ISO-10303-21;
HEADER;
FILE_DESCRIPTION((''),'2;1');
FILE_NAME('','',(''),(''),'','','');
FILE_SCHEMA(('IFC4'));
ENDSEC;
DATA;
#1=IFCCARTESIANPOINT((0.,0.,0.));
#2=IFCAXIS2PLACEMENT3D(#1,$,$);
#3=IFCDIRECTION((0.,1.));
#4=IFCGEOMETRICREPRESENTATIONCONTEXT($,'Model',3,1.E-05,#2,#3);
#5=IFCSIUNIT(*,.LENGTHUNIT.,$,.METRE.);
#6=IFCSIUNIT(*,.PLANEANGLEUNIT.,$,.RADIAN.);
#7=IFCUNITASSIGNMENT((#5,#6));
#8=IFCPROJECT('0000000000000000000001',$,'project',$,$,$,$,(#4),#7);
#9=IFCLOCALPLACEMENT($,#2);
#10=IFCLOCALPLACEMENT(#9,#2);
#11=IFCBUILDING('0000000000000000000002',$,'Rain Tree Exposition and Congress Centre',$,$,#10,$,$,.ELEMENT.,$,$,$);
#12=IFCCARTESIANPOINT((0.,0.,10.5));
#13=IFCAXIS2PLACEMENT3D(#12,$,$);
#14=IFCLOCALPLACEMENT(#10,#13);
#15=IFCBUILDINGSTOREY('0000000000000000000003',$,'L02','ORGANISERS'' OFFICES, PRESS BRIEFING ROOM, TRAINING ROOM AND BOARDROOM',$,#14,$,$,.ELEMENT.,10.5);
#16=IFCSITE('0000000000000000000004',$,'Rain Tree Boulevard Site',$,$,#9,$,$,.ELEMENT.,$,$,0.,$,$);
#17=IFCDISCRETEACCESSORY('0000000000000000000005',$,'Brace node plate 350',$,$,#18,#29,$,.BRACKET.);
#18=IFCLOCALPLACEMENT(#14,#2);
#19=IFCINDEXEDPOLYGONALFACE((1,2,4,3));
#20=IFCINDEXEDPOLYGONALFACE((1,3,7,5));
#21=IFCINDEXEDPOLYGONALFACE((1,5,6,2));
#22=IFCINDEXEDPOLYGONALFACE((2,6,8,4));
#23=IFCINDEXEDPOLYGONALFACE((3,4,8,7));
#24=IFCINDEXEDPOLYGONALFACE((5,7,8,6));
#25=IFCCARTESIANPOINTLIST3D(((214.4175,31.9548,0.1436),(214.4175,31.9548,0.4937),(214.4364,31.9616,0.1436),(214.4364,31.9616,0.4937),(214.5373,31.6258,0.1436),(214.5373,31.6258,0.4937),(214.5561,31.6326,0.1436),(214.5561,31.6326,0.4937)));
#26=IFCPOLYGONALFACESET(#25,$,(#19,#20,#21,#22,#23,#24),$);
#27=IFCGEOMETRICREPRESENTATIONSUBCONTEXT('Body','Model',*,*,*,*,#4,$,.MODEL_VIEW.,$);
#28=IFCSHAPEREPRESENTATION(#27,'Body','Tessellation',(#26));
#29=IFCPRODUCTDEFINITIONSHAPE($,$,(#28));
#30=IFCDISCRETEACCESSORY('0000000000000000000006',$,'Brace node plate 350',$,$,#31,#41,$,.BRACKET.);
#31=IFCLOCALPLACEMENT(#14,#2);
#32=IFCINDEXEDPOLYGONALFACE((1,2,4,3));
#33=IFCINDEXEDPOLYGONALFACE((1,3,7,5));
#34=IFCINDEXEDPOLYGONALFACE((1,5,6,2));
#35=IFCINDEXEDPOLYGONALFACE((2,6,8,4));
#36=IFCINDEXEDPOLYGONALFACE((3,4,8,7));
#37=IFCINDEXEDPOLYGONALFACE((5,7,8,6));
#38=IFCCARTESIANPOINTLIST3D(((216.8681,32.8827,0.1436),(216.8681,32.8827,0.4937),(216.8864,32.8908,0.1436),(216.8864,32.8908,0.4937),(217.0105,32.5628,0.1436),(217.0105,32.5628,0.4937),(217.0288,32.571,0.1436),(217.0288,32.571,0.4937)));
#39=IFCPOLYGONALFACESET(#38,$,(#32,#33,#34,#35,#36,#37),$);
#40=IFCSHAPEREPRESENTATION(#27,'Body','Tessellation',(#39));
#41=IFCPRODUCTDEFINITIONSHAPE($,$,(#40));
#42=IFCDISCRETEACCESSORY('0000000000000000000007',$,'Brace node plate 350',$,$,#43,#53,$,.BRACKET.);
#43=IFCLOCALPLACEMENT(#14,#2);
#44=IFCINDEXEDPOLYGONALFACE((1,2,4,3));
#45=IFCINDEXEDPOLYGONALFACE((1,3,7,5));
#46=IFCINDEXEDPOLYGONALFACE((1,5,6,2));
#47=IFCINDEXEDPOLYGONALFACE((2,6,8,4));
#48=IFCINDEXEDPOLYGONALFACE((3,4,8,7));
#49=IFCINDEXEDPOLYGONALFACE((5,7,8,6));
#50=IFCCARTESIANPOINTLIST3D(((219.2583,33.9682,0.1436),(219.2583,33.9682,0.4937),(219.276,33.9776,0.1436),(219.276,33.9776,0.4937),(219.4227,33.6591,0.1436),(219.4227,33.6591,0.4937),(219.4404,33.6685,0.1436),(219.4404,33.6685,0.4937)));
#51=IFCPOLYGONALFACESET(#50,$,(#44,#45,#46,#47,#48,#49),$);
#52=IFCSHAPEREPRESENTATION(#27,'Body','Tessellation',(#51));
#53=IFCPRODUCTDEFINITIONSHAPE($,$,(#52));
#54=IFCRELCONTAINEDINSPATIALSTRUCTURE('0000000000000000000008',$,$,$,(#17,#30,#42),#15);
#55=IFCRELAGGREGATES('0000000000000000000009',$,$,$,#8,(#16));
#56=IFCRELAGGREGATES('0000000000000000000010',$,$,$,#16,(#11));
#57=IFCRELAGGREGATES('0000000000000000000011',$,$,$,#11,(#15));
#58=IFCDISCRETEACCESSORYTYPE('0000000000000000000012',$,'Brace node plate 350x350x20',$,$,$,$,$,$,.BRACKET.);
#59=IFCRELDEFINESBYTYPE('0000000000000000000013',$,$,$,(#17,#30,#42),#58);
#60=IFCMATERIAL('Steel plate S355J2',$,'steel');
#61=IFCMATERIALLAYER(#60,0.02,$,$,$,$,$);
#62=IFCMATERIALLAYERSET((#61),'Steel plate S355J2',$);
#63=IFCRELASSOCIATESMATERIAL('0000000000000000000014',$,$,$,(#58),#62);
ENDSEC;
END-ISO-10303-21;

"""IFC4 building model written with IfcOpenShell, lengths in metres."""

from ifc_helpers import new_model, si_unit, direction, frame, origin, origin_2d, place, context, subcontext, project, spatial, rectangle, extrude, material, layer, layer_set, type_object, element, save


model = new_model("IFC4")

# Units and contexts
model_context = context("Model", 3, precision=1e-05, world=origin(), true_north=direction((0.0, 1.0)))
body_context = subcontext(model_context, "Body", "Model", "MODEL_VIEW")
ifc_project = project(units=[si_unit("LENGTHUNIT", "METRE"), si_unit("PLANEANGLEUNIT", "RADIAN")], contexts=[model_context])

# Site, building, storey
site_placement = place(None, origin())
site = spatial("IfcSite", under=ifc_project, at=site_placement, Name="Rain Tree Boulevard Site", CompositionType="ELEMENT", RefElevation=0.0)
building_placement = place(site_placement, origin())
building = spatial("IfcBuilding", under=site, at=building_placement, Name="Rain Tree Exposition and Congress Centre", CompositionType="ELEMENT")
storey_placement = place(building_placement, frame((0.0, 0.0, 10.5)))
storey = spatial("IfcBuildingStorey", under=building, at=storey_placement, Name="L02", Description="ORGANISERS' OFFICES, PRESS BRIEFING ROOM, TRAINING ROOM AND BOARDROOM", CompositionType="ELEMENT", Elevation=10.5)

# Discrete accessories
ifc_material_1 = material(Name="Steel plate S355J2", Category="steel")
ifc_layer = layer(ifc_material_1, 0.02)
ifc_layer_set = layer_set([ifc_layer], Name="Steel plate S355J2")
discrete_accessory_type = type_object("IfcDiscreteAccessoryType", Name="Brace node plate 350x350x20", PredefinedType="BRACKET", material=ifc_layer_set)
for number, where, z_axis, x_axis, name in (
    (1, (214.4868, 31.7937, 0.1436), (0.0, 0.0, 1.0), (0.34202, -0.939693, 0.0), "Brace node plate 350"),
    (2, (216.9485, 32.7268, 0.1436), (0.0, 0.0, 1.0), (0.406737, -0.913545, 0.0), "Brace node plate 350"),
    (3, (219.3494, 33.8184, 0.1436), (0.0, 0.0, 1.0), (0.469472, -0.882948, 0.0), "Brace node plate 350"),
):
    element("IfcDiscreteAccessory", number, at=place(storey_placement, frame(where, z_axis=z_axis, x_axis=x_axis)), inside=storey, type_object=discrete_accessory_type, Name=name, PredefinedType="BRACKET", context=body_context, shape_type="SweptSolid", body=[
        extrude(rectangle(XDim=0.3501, YDim=0.02, at=origin_2d()), origin(), (0.0, 0.0, 1.0), 0.3501),
    ])

save(model, "model.ifc")
